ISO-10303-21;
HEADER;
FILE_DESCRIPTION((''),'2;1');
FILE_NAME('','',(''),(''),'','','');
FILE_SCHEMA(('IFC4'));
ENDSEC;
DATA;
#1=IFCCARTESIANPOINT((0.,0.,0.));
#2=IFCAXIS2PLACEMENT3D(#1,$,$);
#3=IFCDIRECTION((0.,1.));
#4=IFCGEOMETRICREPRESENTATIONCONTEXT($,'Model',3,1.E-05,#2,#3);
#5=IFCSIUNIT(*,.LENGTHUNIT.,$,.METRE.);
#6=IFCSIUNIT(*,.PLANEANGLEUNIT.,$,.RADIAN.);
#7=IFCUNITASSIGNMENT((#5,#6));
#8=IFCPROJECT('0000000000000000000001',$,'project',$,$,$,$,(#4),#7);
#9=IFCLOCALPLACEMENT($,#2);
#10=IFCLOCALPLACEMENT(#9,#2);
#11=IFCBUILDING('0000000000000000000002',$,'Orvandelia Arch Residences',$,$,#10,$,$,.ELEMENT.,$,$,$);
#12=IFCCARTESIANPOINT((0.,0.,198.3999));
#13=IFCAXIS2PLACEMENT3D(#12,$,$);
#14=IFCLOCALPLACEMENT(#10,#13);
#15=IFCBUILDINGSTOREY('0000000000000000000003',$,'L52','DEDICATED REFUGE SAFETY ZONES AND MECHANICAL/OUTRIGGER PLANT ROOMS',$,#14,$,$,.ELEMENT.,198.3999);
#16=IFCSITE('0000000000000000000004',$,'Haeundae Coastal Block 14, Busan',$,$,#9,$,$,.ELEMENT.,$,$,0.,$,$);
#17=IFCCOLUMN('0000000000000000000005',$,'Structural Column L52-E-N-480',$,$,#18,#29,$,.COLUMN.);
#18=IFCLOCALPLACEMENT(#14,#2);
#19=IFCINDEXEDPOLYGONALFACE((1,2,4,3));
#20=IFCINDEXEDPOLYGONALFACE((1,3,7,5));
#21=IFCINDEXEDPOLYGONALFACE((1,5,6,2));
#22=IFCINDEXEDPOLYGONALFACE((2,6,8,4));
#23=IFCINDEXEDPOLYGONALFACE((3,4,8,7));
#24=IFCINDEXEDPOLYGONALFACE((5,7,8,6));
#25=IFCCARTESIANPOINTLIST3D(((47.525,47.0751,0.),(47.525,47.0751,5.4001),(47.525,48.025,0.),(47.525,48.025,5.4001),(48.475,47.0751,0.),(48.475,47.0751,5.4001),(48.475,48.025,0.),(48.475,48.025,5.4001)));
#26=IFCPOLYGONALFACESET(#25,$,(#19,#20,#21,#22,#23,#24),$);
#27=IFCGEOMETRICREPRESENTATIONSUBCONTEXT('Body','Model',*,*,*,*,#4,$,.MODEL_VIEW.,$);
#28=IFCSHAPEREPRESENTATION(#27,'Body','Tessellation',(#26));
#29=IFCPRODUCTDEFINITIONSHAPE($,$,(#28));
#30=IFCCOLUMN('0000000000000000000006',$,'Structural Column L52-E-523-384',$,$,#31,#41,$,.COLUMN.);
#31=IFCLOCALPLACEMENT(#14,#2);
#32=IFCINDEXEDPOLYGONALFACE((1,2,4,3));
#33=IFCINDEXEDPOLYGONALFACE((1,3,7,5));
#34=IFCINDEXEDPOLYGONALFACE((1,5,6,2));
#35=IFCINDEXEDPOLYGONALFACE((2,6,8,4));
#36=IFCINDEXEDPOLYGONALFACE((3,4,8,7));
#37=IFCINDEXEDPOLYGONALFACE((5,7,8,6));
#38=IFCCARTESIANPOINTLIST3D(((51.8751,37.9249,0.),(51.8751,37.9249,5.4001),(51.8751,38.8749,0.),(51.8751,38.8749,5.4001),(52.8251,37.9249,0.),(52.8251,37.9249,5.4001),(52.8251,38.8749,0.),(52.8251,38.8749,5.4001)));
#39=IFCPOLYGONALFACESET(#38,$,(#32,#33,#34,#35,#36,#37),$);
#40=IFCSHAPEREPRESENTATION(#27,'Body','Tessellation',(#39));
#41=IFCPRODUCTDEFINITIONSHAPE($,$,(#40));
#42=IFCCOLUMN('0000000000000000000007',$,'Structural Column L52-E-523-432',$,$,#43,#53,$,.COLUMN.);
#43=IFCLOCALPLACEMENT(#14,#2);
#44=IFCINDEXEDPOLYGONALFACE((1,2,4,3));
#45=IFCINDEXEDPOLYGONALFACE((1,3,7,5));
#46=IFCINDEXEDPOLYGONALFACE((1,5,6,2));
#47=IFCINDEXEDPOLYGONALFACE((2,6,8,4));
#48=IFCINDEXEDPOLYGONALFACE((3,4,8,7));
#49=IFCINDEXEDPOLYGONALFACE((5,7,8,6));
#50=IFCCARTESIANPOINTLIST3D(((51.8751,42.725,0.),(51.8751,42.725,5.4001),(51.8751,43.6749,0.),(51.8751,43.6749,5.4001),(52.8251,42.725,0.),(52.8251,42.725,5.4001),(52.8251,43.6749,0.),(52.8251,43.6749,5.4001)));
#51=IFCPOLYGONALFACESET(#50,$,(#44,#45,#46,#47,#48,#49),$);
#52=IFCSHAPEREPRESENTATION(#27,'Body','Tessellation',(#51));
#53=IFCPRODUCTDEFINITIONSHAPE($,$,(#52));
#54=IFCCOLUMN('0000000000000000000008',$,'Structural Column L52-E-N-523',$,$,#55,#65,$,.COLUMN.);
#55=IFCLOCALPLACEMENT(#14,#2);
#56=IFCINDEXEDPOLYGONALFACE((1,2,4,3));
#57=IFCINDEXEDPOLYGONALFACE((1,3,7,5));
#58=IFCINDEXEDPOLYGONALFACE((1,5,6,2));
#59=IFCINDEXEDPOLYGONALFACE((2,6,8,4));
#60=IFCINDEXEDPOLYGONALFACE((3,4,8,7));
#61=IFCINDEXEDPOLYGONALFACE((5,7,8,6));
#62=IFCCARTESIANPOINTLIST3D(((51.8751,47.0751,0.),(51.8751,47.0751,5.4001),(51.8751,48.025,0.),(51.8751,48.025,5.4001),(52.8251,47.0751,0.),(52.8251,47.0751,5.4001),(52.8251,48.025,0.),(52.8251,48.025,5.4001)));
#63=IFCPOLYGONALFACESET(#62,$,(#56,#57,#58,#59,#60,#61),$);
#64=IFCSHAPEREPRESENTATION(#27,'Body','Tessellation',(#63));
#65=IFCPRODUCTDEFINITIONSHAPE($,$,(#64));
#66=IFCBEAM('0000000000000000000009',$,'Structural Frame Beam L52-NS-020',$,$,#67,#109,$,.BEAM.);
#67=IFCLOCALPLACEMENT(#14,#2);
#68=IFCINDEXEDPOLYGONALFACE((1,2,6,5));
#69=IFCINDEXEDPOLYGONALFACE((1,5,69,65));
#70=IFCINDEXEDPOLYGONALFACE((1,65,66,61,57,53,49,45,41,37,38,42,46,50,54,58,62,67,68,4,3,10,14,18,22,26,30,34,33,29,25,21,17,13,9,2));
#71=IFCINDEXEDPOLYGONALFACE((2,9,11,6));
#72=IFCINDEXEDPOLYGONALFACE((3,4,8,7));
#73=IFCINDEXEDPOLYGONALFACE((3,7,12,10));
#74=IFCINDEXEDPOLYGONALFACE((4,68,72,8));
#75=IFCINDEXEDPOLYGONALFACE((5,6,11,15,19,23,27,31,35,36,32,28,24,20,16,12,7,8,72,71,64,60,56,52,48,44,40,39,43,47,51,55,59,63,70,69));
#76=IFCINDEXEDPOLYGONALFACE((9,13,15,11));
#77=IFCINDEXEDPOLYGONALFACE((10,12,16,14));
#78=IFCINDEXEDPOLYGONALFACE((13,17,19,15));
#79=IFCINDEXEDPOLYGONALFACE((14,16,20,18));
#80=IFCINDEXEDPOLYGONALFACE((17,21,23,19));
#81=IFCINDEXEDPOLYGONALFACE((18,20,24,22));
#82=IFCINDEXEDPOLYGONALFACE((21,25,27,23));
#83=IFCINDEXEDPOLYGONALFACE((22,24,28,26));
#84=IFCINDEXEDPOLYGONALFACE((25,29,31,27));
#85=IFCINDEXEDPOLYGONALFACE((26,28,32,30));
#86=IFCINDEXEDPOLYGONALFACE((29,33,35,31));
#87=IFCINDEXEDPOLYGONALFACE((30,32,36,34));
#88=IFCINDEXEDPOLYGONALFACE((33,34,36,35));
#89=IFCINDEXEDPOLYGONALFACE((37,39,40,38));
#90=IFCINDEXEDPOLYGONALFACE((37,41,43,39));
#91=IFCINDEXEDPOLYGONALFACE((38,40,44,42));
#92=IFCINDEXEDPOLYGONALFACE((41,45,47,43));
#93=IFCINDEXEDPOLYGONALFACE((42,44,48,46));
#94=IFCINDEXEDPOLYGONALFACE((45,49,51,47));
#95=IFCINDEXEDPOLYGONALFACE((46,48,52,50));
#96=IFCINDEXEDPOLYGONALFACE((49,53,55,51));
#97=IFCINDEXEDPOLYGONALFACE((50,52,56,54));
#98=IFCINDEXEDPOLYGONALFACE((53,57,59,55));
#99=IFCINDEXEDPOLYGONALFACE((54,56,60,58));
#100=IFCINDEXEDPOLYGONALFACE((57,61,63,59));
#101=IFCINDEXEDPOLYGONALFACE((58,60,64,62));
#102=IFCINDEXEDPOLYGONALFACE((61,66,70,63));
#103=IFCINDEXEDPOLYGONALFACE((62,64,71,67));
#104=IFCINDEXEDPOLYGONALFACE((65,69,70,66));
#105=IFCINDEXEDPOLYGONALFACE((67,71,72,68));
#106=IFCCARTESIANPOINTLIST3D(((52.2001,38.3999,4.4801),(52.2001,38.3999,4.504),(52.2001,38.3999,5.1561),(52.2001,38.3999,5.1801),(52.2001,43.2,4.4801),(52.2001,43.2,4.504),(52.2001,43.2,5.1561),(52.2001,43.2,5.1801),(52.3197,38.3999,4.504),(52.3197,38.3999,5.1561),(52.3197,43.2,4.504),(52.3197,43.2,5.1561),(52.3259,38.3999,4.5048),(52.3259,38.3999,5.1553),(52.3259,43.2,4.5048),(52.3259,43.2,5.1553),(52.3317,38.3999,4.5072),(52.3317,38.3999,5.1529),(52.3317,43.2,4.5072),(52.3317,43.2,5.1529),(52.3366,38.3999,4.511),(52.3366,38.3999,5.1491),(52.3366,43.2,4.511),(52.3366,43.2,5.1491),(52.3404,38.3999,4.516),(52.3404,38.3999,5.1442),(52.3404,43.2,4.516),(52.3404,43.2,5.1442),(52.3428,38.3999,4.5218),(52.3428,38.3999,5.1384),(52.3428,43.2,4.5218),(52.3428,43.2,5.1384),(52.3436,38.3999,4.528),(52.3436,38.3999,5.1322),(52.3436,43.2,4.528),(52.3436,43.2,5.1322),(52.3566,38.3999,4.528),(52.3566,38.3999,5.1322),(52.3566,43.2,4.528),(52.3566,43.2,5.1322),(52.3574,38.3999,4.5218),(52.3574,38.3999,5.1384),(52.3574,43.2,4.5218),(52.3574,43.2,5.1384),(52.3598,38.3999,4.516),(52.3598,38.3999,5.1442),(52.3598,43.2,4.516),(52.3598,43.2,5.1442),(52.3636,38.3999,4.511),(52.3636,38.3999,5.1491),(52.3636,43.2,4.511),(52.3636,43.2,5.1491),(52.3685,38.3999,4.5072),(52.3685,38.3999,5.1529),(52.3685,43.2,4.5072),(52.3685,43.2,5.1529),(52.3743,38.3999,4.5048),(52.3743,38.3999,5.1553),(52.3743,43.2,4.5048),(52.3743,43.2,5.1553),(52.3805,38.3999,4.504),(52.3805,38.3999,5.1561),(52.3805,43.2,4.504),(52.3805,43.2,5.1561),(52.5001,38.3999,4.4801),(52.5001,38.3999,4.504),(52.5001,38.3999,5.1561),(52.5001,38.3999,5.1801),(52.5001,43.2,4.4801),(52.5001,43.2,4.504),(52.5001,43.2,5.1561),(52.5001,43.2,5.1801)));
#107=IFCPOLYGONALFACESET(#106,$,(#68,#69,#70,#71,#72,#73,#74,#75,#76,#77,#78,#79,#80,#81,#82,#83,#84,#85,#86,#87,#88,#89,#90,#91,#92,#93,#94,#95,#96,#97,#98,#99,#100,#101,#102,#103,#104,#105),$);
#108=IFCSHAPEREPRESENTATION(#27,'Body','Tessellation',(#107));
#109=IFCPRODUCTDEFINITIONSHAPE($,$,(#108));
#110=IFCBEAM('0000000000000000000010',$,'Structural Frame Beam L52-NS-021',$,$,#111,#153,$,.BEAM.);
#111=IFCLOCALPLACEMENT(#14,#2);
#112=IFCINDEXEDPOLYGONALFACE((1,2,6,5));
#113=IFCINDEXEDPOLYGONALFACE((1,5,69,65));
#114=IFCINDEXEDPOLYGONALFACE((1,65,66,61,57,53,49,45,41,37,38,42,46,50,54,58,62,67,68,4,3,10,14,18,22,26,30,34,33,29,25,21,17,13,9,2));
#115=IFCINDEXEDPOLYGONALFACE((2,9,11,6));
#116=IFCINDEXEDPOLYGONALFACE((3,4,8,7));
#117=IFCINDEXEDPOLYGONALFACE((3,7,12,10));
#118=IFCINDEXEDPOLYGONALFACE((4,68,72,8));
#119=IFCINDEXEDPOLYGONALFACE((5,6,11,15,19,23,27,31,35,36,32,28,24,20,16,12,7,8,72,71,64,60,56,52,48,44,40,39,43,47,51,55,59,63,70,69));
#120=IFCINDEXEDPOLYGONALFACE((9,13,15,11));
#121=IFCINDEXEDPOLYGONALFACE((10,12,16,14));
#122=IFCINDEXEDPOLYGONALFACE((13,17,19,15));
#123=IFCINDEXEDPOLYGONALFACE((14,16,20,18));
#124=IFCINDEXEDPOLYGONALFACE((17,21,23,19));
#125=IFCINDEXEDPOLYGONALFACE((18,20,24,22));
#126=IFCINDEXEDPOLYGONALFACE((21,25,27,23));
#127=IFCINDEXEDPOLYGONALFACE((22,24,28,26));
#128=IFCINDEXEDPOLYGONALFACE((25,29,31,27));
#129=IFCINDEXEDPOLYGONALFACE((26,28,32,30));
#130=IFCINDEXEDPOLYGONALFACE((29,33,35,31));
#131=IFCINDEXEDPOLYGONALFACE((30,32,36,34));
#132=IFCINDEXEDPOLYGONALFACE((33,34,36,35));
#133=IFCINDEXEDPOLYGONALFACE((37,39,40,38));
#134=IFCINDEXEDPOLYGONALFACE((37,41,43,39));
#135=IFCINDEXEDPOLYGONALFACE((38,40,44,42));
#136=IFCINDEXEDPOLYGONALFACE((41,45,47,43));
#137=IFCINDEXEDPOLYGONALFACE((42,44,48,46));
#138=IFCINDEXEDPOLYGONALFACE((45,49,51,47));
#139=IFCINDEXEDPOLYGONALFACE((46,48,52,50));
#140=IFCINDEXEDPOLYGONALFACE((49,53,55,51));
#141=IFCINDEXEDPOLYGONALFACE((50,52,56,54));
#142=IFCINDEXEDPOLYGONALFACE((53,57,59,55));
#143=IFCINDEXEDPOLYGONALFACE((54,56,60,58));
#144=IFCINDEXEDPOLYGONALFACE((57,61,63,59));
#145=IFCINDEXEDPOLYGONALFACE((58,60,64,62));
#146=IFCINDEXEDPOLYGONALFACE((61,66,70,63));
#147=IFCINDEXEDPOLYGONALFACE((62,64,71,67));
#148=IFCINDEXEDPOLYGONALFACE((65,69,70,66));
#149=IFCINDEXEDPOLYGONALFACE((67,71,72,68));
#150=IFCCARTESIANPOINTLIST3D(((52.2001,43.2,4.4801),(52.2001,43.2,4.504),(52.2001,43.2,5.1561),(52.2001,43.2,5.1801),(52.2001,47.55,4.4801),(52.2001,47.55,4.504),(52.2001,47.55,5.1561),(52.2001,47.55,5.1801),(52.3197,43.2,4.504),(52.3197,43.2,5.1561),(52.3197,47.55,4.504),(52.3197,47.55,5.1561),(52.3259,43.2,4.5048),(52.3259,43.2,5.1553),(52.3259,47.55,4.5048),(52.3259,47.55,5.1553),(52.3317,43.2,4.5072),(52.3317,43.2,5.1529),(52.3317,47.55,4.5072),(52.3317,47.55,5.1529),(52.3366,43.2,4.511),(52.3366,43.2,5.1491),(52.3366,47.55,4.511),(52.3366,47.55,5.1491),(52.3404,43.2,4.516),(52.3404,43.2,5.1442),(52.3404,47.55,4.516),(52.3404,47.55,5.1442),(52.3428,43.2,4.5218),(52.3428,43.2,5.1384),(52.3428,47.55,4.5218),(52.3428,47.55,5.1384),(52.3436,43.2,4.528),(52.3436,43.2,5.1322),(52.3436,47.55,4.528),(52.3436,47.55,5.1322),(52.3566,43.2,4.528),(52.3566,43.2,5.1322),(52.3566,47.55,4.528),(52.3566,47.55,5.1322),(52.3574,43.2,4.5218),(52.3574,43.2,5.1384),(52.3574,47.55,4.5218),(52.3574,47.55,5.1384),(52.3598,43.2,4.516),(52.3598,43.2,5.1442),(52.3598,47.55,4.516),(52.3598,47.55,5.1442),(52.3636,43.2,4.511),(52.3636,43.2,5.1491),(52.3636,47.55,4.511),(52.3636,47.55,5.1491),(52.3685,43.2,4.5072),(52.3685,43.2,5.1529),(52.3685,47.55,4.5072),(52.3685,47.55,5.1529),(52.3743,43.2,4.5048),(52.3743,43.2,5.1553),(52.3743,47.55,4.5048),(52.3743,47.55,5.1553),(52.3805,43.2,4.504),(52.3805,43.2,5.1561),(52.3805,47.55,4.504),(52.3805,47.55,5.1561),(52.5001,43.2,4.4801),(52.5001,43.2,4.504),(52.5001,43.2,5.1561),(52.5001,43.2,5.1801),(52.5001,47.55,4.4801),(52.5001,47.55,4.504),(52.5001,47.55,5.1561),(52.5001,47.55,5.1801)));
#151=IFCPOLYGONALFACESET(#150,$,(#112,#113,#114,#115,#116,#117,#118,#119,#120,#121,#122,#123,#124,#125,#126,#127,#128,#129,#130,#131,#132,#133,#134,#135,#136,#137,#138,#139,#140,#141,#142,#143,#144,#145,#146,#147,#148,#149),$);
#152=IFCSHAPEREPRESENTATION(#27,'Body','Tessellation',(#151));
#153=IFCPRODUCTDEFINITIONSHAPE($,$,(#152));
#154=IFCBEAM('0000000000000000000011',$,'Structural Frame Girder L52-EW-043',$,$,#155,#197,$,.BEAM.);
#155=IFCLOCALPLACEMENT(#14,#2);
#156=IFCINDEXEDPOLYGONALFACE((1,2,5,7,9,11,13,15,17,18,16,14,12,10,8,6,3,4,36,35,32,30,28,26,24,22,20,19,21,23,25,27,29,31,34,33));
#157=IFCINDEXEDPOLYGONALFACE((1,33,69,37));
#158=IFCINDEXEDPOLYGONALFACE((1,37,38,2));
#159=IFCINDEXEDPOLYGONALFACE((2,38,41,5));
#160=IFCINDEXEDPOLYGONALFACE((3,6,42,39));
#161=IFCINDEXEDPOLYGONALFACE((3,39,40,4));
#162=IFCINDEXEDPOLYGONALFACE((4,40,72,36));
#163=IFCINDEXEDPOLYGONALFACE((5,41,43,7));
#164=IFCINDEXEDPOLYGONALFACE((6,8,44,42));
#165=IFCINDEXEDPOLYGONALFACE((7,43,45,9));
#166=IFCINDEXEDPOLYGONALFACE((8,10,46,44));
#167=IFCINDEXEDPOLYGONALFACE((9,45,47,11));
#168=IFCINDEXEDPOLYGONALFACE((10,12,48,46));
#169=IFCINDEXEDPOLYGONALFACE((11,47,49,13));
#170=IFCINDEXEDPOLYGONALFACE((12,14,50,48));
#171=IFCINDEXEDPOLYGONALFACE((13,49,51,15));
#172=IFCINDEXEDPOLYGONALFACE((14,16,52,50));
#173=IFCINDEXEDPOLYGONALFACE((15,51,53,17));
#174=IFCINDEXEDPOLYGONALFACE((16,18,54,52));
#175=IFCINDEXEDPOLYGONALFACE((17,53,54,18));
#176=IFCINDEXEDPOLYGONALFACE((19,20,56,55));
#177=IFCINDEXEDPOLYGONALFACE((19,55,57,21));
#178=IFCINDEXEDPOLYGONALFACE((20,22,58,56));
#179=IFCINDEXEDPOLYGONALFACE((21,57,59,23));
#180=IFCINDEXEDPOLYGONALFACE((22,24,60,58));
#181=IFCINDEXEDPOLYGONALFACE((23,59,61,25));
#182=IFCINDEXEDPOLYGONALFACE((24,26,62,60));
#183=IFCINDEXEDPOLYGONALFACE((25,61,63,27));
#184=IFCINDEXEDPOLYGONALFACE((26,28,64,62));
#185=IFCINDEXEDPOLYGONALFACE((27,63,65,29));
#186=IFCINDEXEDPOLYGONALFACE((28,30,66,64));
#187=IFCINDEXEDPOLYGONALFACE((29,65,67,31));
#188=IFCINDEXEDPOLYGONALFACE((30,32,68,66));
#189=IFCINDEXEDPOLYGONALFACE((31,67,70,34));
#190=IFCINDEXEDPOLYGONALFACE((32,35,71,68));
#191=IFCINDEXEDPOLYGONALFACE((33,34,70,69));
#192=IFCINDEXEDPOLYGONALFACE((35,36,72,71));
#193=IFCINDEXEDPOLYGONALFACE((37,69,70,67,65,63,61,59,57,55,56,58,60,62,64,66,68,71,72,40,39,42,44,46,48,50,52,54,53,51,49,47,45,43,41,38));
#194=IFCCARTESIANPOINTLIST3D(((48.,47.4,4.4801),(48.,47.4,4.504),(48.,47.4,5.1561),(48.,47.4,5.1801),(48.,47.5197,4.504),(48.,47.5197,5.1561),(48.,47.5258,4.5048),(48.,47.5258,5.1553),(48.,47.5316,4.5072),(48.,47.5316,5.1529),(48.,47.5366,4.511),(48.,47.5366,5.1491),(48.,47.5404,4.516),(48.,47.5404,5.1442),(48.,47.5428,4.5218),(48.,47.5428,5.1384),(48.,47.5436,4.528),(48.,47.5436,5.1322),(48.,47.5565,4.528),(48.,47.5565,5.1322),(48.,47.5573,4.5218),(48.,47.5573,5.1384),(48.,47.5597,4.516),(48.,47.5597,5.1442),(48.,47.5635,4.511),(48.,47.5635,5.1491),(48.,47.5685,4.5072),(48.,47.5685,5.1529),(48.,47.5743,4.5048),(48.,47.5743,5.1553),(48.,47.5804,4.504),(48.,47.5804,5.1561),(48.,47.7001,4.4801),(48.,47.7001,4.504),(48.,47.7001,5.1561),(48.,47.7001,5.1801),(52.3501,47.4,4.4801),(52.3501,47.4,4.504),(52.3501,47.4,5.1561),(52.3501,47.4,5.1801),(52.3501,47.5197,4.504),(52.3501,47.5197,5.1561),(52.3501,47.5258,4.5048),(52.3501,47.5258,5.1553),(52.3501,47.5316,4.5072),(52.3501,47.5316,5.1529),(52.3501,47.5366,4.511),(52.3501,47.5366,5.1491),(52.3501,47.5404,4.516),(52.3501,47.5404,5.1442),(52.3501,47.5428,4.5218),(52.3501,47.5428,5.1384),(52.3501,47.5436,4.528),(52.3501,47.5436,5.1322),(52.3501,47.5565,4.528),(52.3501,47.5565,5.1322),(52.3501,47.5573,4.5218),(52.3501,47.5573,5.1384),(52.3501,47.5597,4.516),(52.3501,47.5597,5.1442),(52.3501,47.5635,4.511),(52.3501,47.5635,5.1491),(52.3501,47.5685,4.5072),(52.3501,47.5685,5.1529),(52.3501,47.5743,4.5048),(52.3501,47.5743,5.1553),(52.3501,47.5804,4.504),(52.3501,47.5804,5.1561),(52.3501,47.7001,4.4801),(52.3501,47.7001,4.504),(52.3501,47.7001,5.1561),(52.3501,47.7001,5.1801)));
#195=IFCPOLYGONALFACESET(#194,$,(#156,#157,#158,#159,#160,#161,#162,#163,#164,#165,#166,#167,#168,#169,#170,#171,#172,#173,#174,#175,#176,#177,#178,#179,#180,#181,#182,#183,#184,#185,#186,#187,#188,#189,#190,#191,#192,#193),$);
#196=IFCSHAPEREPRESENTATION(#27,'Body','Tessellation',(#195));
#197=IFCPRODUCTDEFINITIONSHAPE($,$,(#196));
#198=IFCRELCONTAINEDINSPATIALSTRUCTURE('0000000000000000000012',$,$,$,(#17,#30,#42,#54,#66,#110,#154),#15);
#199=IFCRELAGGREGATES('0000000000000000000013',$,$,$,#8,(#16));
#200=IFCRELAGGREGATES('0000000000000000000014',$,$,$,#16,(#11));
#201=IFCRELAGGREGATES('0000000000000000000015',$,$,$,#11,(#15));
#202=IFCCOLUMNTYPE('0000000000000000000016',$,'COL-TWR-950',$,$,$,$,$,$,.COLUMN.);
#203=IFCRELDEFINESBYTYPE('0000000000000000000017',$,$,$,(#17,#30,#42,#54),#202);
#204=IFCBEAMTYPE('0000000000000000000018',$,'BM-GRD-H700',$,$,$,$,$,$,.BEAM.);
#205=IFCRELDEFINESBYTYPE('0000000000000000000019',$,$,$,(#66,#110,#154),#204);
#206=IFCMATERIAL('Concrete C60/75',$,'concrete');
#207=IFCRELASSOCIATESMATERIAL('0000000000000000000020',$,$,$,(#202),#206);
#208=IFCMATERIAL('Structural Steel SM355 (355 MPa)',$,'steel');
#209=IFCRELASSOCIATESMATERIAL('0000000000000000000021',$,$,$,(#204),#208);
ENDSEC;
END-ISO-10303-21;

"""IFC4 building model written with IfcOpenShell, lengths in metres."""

from ifc_helpers import new_model, si_unit, direction, frame, origin, origin_2d, place, context, subcontext, project, spatial, rectangle, i_section, extrude, material, material_profile, profile_set, type_object, element, save


model = new_model("IFC4")

# Units and contexts
model_context = context("Model", 3, precision=1e-05, world=origin(), true_north=direction((0.0, 1.0)))
body_context = subcontext(model_context, "Body", "Model", "MODEL_VIEW")
ifc_project = project(units=[si_unit("LENGTHUNIT", "METRE"), si_unit("PLANEANGLEUNIT", "RADIAN")], contexts=[model_context])

# Site, building, storey
site_placement = place(None, origin())
site = spatial("IfcSite", under=ifc_project, at=site_placement, Name="Haeundae Coastal Block 14, Busan", CompositionType="ELEMENT", RefElevation=0.0)
building_placement = place(site_placement, origin())
building = spatial("IfcBuilding", under=site, at=building_placement, Name="Orvandelia Arch Residences", CompositionType="ELEMENT")
storey_placement = place(building_placement, frame((0.0, 0.0, 198.3999)))
storey = spatial("IfcBuildingStorey", under=building, at=storey_placement, Name="L52", Description="DEDICATED REFUGE SAFETY ZONES AND MECHANICAL/OUTRIGGER PLANT ROOMS", CompositionType="ELEMENT", Elevation=198.3999)

# Columns
ifc_material_1 = material(Name="Concrete C60/75", Category="concrete")
ifc_material_profile_1 = material_profile(ifc_material_1, rectangle(XDim=0.95, YDim=0.95, at=origin_2d()), Name="Concrete C60/75", Category="concrete")
ifc_profile_set_1 = profile_set([ifc_material_profile_1], Name="Concrete C60/75")
column_type = type_object("IfcColumnType", Name="COL-TWR-950", PredefinedType="COLUMN", material=ifc_profile_set_1)
for number, where, z_axis, x_axis, name in (
    (1, (48.0, 47.55, 0.0), (0.0, 0.0, 1.0), (1.0, 0.0, 0.0), "Structural Column L52-E-N-480"),
    (2, (52.3501, 38.3999, 0.0), (0.0, 0.0, 1.0), (1.0, 0.0, 0.0), "Structural Column L52-E-523-384"),
    (3, (52.3501, 43.2, 0.0), (0.0, 0.0, 1.0), (1.0, 0.0, 0.0), "Structural Column L52-E-523-432"),
    (4, (52.3501, 47.55, 0.0), (0.0, 0.0, 1.0), (1.0, 0.0, 0.0), "Structural Column L52-E-N-523"),
):
    element("IfcColumn", number, at=place(storey_placement, frame(where, z_axis=z_axis, x_axis=x_axis)), inside=storey, type_object=column_type, Name=name, PredefinedType="COLUMN", context=body_context, shape_type="SweptSolid", body=[
        extrude(rectangle(XDim=0.95, YDim=0.95, at=origin_2d()), origin(), (0.0, 0.0, 1.0), 5.4001),
    ])

# Beams
ifc_material_2 = material(Name="Structural Steel SM355 (355 MPa)", Category="steel")
ifc_material_profile_2 = material_profile(ifc_material_2, i_section(OverallWidth=0.3, OverallDepth=0.7, WebThickness=0.0129, FlangeThickness=0.0239, FilletRadius=0.0239, at=origin_2d()), Name="Structural Steel SM355 (355 MPa)", Category="steel")
ifc_profile_set_2 = profile_set([ifc_material_profile_2], Name="Structural Steel SM355 (355 MPa)")
beam_type = type_object("IfcBeamType", Name="BM-GRD-H700", PredefinedType="BEAM", material=ifc_profile_set_2)
beam_placement = place(storey_placement, frame((52.3501, 38.3999, 4.8301), z_axis=(0.0, 1.0, 0.0), x_axis=(-1.0, 0.0, 0.0)))
element("IfcBeam", 5, at=beam_placement, inside=storey, type_object=beam_type, Name="Structural Frame Beam L52-NS-020", PredefinedType="BEAM", context=body_context, shape_type="SweptSolid", body=[
    extrude(i_section(OverallWidth=0.3, OverallDepth=0.7, WebThickness=0.0129, FlangeThickness=0.0239, FilletRadius=0.0239, at=origin_2d()), origin(), (0.0, 0.0, 1.0), 4.8),
])
for number, where, z_axis, x_axis, name in (
    (6, (52.3501, 43.2, 4.8301), (0.0, 1.0, 0.0), (-1.0, 0.0, 0.0), "Structural Frame Beam L52-NS-021"),
    (7, (48.0, 47.55, 4.8301), (1.0, 0.0, 0.0), (0.0, 1.0, 0.0), "Structural Frame Girder L52-EW-043"),
):
    element("IfcBeam", number, at=place(storey_placement, frame(where, z_axis=z_axis, x_axis=x_axis)), inside=storey, type_object=beam_type, Name=name, PredefinedType="BEAM", context=body_context, shape_type="SweptSolid", body=[
        extrude(i_section(OverallWidth=0.3, OverallDepth=0.7, WebThickness=0.0129, FlangeThickness=0.0239, FilletRadius=0.0239, at=origin_2d()), origin(), (0.0, 0.0, 1.0), 4.3501),
    ])

save(model, "model.ifc")
